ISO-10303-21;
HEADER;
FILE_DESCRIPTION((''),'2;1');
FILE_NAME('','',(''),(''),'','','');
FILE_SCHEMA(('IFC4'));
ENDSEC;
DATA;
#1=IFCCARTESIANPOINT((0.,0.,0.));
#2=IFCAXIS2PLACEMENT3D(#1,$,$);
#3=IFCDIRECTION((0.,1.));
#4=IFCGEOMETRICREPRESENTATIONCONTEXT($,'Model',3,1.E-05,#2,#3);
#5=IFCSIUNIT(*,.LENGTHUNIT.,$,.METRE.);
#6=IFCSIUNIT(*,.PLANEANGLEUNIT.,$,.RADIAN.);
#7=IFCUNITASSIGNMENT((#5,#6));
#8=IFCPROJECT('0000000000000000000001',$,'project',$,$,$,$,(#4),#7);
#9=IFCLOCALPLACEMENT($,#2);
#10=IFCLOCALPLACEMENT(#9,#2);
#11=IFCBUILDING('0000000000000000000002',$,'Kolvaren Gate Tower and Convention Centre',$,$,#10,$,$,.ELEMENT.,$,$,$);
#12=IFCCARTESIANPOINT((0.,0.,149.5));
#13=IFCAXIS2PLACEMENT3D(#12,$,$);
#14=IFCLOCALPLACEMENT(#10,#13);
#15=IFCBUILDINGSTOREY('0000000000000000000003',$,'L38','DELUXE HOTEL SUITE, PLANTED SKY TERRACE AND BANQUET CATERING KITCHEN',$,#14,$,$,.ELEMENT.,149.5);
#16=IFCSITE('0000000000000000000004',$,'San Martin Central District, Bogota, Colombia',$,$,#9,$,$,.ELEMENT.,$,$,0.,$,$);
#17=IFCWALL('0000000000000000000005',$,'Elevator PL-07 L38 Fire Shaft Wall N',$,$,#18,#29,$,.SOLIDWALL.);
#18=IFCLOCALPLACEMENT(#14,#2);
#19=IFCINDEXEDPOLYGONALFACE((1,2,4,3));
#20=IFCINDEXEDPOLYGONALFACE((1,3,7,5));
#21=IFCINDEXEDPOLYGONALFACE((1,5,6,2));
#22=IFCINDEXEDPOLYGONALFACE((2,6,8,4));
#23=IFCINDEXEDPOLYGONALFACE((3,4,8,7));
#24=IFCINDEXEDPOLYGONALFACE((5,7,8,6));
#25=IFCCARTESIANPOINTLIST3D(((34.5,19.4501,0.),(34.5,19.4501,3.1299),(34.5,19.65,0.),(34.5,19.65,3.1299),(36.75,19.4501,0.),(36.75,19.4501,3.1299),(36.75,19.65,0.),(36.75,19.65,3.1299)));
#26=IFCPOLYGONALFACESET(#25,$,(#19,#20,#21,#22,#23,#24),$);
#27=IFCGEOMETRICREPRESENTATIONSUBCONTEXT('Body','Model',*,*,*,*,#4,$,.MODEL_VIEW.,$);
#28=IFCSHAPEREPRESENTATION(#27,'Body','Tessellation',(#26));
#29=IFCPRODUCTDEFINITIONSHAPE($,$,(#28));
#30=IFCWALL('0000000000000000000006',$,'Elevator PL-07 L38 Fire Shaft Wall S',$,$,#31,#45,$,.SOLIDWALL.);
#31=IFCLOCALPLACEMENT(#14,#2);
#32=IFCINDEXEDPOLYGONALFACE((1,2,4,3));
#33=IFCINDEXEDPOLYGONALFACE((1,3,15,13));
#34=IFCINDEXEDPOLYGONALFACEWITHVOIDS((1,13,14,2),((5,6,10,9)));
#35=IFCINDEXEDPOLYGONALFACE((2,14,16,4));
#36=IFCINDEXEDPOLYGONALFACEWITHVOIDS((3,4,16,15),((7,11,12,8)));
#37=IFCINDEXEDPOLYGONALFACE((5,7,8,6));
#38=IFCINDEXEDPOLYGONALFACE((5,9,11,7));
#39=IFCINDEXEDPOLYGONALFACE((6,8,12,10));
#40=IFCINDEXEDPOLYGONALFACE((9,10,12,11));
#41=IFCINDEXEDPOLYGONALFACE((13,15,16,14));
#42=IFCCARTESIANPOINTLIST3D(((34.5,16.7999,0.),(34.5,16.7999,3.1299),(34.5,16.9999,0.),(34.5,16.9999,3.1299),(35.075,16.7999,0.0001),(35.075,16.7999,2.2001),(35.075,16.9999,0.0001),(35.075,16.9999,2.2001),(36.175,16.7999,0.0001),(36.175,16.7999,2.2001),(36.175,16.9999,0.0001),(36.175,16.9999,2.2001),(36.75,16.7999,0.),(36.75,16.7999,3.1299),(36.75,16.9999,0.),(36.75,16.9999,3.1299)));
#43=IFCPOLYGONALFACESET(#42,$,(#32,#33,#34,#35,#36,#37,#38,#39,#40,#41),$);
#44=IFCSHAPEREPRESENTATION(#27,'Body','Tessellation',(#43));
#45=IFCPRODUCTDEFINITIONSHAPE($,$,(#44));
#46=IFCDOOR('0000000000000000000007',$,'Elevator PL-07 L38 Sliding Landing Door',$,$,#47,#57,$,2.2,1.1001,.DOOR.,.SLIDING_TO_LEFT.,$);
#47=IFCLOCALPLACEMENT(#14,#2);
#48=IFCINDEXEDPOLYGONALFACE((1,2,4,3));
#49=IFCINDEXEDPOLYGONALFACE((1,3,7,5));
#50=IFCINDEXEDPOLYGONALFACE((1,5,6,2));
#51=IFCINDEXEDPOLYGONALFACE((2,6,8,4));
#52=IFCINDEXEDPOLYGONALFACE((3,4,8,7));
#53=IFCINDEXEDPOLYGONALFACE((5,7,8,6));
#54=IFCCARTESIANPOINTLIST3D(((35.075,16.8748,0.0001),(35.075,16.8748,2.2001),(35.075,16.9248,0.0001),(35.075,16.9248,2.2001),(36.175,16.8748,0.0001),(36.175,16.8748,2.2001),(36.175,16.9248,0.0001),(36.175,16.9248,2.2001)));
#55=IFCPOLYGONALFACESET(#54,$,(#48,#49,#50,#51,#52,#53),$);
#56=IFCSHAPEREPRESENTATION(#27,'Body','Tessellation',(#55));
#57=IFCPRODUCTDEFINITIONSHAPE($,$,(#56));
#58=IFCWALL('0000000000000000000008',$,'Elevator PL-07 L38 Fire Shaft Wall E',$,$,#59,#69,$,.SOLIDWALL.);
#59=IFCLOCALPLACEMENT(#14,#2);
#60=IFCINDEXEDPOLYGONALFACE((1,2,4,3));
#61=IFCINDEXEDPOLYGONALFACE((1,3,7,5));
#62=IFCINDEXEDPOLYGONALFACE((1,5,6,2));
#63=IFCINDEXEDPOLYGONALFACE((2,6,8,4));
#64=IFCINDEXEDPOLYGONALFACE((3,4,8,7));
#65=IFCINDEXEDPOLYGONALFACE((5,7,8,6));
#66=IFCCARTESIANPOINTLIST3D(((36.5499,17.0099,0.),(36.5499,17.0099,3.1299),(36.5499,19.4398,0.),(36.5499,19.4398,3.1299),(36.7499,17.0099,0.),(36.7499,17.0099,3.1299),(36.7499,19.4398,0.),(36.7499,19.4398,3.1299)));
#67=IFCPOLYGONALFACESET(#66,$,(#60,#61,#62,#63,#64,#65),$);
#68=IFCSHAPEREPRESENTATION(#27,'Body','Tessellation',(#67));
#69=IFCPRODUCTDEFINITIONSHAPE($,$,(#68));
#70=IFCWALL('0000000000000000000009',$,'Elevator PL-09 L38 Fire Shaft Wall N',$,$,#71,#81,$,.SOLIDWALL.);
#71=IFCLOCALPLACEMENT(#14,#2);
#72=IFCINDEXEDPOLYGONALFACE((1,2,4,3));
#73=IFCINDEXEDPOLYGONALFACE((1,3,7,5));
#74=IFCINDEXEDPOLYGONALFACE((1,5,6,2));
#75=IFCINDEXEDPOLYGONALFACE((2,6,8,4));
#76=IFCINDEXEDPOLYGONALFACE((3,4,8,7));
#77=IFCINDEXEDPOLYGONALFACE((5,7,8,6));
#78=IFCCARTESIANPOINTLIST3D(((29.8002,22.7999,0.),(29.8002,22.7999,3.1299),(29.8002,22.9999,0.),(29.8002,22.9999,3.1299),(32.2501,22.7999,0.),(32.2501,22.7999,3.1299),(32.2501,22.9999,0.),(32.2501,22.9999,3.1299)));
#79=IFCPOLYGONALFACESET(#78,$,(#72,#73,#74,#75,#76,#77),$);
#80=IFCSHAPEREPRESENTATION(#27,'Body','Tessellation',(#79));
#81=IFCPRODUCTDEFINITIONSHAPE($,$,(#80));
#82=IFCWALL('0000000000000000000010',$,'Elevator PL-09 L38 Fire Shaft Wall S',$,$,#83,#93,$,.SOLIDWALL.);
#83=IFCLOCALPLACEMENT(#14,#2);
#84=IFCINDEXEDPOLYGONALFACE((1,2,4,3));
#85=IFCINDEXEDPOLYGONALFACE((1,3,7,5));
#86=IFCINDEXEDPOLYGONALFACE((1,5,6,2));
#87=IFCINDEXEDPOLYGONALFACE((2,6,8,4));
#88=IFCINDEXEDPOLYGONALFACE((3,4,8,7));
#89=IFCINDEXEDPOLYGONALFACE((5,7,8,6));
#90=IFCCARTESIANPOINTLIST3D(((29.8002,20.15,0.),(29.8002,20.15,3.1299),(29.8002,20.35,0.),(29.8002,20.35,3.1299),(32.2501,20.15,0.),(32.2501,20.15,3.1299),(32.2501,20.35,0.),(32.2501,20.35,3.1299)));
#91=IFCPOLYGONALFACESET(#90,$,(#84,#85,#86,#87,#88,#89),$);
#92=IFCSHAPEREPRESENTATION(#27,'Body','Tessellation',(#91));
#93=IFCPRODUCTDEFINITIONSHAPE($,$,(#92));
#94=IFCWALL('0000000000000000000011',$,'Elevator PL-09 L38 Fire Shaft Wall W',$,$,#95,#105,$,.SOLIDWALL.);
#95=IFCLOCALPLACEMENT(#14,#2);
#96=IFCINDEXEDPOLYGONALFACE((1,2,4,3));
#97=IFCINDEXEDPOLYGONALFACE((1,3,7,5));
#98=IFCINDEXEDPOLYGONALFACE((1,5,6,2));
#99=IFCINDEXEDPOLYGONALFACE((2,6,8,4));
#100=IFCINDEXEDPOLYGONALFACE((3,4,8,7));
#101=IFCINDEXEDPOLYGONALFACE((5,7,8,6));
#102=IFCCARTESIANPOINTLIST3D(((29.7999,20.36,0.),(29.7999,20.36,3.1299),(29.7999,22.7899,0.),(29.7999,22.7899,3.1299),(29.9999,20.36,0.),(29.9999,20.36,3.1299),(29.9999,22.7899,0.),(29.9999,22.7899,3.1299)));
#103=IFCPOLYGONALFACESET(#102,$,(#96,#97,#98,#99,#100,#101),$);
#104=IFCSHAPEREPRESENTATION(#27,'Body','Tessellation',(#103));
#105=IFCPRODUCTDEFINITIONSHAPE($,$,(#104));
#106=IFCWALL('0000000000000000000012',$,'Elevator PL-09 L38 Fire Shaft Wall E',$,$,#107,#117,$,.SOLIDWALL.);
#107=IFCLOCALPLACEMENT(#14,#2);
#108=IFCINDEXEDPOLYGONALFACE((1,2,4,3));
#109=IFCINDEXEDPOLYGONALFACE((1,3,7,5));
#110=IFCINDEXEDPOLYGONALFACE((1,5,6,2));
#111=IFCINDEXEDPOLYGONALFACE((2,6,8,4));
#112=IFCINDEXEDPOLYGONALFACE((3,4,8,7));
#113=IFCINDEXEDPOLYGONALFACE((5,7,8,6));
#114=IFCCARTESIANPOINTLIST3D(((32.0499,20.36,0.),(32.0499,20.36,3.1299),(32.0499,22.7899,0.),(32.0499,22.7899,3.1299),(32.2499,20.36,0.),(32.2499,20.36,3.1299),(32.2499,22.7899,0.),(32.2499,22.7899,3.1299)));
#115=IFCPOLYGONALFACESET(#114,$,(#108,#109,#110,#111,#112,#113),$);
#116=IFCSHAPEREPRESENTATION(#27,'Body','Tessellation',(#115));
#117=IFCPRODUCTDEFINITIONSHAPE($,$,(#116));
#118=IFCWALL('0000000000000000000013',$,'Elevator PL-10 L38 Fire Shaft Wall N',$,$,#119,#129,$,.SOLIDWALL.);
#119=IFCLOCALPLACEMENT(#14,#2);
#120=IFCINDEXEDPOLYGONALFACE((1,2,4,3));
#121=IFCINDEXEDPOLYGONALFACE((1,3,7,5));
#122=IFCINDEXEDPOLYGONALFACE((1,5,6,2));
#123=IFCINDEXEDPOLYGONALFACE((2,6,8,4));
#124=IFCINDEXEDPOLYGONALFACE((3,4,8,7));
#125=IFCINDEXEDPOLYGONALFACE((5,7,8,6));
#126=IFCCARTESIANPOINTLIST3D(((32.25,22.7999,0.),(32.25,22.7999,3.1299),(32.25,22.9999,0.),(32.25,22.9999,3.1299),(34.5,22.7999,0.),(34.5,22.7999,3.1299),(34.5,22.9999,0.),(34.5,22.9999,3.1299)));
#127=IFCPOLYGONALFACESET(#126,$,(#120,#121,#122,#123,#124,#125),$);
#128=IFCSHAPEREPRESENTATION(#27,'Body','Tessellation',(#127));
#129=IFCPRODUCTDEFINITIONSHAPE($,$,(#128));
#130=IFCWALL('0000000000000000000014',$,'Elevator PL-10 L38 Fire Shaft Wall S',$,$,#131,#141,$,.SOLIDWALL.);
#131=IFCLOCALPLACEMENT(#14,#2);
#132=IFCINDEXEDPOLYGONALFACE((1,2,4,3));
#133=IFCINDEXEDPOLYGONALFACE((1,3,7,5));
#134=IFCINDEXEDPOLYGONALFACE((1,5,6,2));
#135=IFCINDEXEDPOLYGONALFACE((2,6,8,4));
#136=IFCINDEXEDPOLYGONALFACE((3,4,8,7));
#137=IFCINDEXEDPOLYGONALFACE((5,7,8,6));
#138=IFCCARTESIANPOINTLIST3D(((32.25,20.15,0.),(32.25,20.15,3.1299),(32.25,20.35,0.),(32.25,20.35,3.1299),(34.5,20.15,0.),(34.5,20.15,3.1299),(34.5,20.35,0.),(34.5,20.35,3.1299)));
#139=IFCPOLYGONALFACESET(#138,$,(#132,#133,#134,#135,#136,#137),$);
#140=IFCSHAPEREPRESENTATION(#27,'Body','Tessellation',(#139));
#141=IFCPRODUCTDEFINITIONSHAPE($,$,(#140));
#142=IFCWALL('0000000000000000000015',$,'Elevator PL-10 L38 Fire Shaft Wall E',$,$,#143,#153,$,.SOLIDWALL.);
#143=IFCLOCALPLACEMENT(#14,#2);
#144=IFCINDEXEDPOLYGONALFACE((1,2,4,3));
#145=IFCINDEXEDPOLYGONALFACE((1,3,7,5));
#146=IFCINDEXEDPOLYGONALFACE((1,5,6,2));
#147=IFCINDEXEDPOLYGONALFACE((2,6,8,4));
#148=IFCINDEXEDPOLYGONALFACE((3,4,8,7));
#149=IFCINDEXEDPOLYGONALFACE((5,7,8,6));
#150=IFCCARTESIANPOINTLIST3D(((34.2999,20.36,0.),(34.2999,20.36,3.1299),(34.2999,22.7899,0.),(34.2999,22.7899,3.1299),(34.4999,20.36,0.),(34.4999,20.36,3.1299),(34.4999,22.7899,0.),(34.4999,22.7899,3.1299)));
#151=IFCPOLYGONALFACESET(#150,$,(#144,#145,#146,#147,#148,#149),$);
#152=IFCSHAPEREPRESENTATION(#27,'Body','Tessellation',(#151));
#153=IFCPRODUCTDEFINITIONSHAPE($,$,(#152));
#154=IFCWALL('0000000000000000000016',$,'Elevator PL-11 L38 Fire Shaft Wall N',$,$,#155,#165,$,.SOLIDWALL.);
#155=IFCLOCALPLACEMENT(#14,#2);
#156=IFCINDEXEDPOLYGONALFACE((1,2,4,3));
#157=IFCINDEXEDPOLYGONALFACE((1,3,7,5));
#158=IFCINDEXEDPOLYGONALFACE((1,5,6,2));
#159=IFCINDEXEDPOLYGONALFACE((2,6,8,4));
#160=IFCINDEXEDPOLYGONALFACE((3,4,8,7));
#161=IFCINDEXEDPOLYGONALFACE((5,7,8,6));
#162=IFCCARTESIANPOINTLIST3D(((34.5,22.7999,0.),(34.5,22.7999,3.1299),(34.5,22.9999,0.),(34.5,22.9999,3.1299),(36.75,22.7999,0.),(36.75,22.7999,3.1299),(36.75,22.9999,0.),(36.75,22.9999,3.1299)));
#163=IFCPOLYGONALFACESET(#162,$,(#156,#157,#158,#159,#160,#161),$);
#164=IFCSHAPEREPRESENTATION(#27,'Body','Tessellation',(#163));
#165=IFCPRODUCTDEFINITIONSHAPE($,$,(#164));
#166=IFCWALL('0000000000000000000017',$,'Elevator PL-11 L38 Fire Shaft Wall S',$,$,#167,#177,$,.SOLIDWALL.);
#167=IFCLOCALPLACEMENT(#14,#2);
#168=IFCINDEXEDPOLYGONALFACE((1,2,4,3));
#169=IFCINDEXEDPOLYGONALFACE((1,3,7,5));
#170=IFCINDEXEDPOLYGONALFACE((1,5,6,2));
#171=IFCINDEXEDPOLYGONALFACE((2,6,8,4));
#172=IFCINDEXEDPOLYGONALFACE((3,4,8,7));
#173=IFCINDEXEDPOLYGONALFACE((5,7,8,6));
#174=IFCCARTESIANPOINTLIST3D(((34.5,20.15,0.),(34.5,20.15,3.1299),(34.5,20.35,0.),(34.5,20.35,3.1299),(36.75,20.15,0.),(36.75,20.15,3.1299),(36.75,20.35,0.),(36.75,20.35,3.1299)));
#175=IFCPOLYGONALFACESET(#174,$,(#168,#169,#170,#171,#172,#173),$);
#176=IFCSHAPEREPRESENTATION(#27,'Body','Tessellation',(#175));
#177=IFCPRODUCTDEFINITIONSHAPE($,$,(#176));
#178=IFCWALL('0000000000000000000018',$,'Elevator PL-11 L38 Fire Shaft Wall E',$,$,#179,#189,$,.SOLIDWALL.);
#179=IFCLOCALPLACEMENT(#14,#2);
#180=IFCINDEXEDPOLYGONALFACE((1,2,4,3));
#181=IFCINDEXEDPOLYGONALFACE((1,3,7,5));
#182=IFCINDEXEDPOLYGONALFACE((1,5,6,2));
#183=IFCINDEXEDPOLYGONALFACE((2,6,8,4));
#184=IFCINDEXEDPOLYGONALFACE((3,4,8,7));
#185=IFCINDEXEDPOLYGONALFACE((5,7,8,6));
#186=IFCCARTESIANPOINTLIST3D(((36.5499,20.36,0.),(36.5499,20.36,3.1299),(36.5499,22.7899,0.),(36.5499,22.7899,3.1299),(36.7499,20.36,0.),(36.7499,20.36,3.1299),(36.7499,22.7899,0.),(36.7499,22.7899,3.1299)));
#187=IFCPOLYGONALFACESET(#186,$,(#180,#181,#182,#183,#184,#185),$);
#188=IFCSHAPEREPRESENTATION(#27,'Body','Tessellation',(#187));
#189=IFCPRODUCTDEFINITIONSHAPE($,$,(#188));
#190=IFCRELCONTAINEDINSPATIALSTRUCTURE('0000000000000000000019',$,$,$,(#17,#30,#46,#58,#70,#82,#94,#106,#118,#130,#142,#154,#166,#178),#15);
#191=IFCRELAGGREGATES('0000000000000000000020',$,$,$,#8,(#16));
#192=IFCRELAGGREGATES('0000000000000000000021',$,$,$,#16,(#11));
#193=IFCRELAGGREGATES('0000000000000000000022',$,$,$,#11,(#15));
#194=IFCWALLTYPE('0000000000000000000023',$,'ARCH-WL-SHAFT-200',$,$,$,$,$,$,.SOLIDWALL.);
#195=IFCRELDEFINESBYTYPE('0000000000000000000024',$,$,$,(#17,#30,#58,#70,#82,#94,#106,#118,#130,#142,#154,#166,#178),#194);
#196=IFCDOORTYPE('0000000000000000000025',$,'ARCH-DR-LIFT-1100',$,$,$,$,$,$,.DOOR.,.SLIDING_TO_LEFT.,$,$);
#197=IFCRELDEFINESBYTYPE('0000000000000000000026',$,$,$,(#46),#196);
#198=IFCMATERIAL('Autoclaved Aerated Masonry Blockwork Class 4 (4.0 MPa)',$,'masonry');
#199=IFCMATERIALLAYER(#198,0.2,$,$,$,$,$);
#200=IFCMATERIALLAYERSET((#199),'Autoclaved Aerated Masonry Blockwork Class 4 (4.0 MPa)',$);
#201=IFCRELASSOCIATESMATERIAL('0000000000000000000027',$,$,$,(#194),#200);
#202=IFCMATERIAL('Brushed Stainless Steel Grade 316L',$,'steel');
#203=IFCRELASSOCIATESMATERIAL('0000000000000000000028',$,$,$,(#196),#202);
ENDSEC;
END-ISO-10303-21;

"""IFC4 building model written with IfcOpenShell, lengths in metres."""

from ifc_helpers import new_model, si_unit, direction, frame, frame_2d, origin, place, context, subcontext, project, spatial, rectangle, extrude, material, layer, layer_set, type_object, element, fill, save


model = new_model("IFC4")

# Units and contexts
model_context = context("Model", 3, precision=1e-05, world=origin(), true_north=direction((0.0, 1.0)))
body_context = subcontext(model_context, "Body", "Model", "MODEL_VIEW")
ifc_project = project(units=[si_unit("LENGTHUNIT", "METRE"), si_unit("PLANEANGLEUNIT", "RADIAN")], contexts=[model_context])

# Site, building, storey
site_placement = place(None, origin())
site = spatial("IfcSite", under=ifc_project, at=site_placement, Name="San Martin Central District, Bogota, Colombia", CompositionType="ELEMENT", RefElevation=0.0)
building_placement = place(site_placement, origin())
building = spatial("IfcBuilding", under=site, at=building_placement, Name="Kolvaren Gate Tower and Convention Centre", CompositionType="ELEMENT")
storey_placement = place(building_placement, frame((0.0, 0.0, 149.5)))
storey = spatial("IfcBuildingStorey", under=building, at=storey_placement, Name="L38", Description="DELUXE HOTEL SUITE, PLANTED SKY TERRACE AND BANQUET CATERING KITCHEN", CompositionType="ELEMENT", Elevation=149.5)

# Shared definitions
ifc_material_1 = material(Name="Autoclaved Aerated Masonry Blockwork Class 4 (4.0 MPa)", Category="masonry")

# Shared definitions
ifc_layer_1 = layer(ifc_material_1, 0.2)
ifc_layer_set_1 = layer_set([ifc_layer_1], Name="Autoclaved Aerated Masonry Blockwork Class 4 (4.0 MPa)")
wall_type_1 = type_object("IfcWallType", Name="ARCH-WL-SHAFT-200", PredefinedType="SOLIDWALL", material=ifc_layer_set_1)

# Shared definitions
ifc_material_2 = material(Name="Brushed Stainless Steel Grade 316L", Category="steel")
door_type_1 = type_object("IfcDoorType", Name="ARCH-DR-LIFT-1100", OperationType="SLIDING_TO_LEFT", PredefinedType="DOOR", material=ifc_material_2)

# Wall
wall_1_placement = place(storey_placement, frame((34.5, 19.55, 0.0), z_axis=(0.0, 0.0, 1.0), x_axis=(1.0, 0.0, 0.0)))
element("IfcWall", 1, at=wall_1_placement, inside=storey, type_object=wall_type_1, Name="Elevator PL-07 L38 Fire Shaft Wall N", PredefinedType="SOLIDWALL", context=body_context, shape_type="SweptSolid", body=[
    extrude(rectangle(XDim=2.25, YDim=0.2, at=frame_2d((1.125, 0.0))), origin(), (0.0, 0.0, 1.0), 3.1299),
])

# Wall, opening, door
wall_2_placement = place(storey_placement, frame((34.5, 16.8999, 0.0), z_axis=(0.0, 0.0, 1.0), x_axis=(1.0, 0.0, 0.0)))
wall_2 = element("IfcWall", 2, at=wall_2_placement, inside=storey, type_object=wall_type_1, Name="Elevator PL-07 L38 Fire Shaft Wall S", PredefinedType="SOLIDWALL", context=body_context, shape_type="SweptSolid", body=[
    extrude(rectangle(XDim=2.25, YDim=0.2, at=frame_2d((1.125, 0.0))), origin(), (0.0, 0.0, 1.0), 3.1299),
])
opening_1_placement = place(wall_2_placement, frame((0.575, 0.0, 0.0)))
opening_1 = element("IfcOpeningElement", 3, at=opening_1_placement, cuts=wall_2, PredefinedType="OPENING", context=body_context, shape_type="SweptSolid", body=[
    extrude(rectangle(XDim=1.1001, YDim=2.2, at=frame_2d((0.55, 1.1001))), frame((0.0, 0.1099, 0.0), z_axis=(0.0, -1.0, 0.0), x_axis=(1.0, 0.0, 0.0)), (0.0, 0.0, 1.0), 0.22),
])
door_1_placement = place(opening_1_placement, origin())
door_1 = element("IfcDoor", 4, at=door_1_placement, inside=storey, type_object=door_type_1, Name="Elevator PL-07 L38 Sliding Landing Door", OperationType="SLIDING_TO_LEFT", OverallHeight=2.2, OverallWidth=1.1001, PredefinedType="DOOR", context=body_context, shape_type="SweptSolid", body=[
    extrude(rectangle(XDim=1.1001, YDim=2.2, at=frame_2d((0.55, 1.1001))), frame((0.0, 0.0249, 0.0), z_axis=(0.0, -1.0, 0.0), x_axis=(1.0, 0.0, 0.0)), (0.0, 0.0, 1.0), 0.05),
])
fill(opening_1, door_1)

# Walls
wall_3_placement = place(storey_placement, frame((36.6499, 17.01, 0.0), z_axis=(0.0, 0.0, 1.0), x_axis=(0.0, 1.0, 0.0)))
element("IfcWall", 5, at=wall_3_placement, inside=storey, type_object=wall_type_1, Name="Elevator PL-07 L38 Fire Shaft Wall E", PredefinedType="SOLIDWALL", context=body_context, shape_type="SweptSolid", body=[
    extrude(rectangle(XDim=2.4299, YDim=0.2, at=frame_2d((1.2148, 0.0))), origin(), (0.0, 0.0, 1.0), 3.1299),
])
for number, where, z_axis, x_axis, name in (
    (6, (29.8, 22.8999, 0.0), (0.0, 0.0, 1.0), (1.0, 0.0, 0.0), "Elevator PL-09 L38 Fire Shaft Wall N"),
    (7, (29.8, 20.25, 0.0), (0.0, 0.0, 1.0), (1.0, 0.0, 0.0), "Elevator PL-09 L38 Fire Shaft Wall S"),
):
    element("IfcWall", number, at=place(storey_placement, frame(where, z_axis=z_axis, x_axis=x_axis)), inside=storey, type_object=wall_type_1, Name=name, PredefinedType="SOLIDWALL", context=body_context, shape_type="SweptSolid", body=[
        extrude(rectangle(XDim=2.45, YDim=0.2, at=frame_2d((1.2251, 0.0))), origin(), (0.0, 0.0, 1.0), 3.1299),
    ])
for number, where, z_axis, x_axis, name in (
    (8, (29.8999, 20.3601, 0.0), (0.0, 0.0, 1.0), (0.0, 1.0, 0.0), "Elevator PL-09 L38 Fire Shaft Wall W"),
    (9, (32.1499, 20.3601, 0.0), (0.0, 0.0, 1.0), (0.0, 1.0, 0.0), "Elevator PL-09 L38 Fire Shaft Wall E"),
):
    element("IfcWall", number, at=place(storey_placement, frame(where, z_axis=z_axis, x_axis=x_axis)), inside=storey, type_object=wall_type_1, Name=name, PredefinedType="SOLIDWALL", context=body_context, shape_type="SweptSolid", body=[
        extrude(rectangle(XDim=2.4299, YDim=0.2, at=frame_2d((1.2148, 0.0))), origin(), (0.0, 0.0, 1.0), 3.1299),
    ])
for number, where, z_axis, x_axis, name in (
    (10, (32.25, 22.8999, 0.0), (0.0, 0.0, 1.0), (1.0, 0.0, 0.0), "Elevator PL-10 L38 Fire Shaft Wall N"),
    (11, (32.25, 20.25, 0.0), (0.0, 0.0, 1.0), (1.0, 0.0, 0.0), "Elevator PL-10 L38 Fire Shaft Wall S"),
):
    element("IfcWall", number, at=place(storey_placement, frame(where, z_axis=z_axis, x_axis=x_axis)), inside=storey, type_object=wall_type_1, Name=name, PredefinedType="SOLIDWALL", context=body_context, shape_type="SweptSolid", body=[
        extrude(rectangle(XDim=2.25, YDim=0.2, at=frame_2d((1.125, 0.0))), origin(), (0.0, 0.0, 1.0), 3.1299),
    ])
wall_4_placement = place(storey_placement, frame((34.3999, 20.3601, 0.0), z_axis=(0.0, 0.0, 1.0), x_axis=(0.0, 1.0, 0.0)))
element("IfcWall", 12, at=wall_4_placement, inside=storey, type_object=wall_type_1, Name="Elevator PL-10 L38 Fire Shaft Wall E", PredefinedType="SOLIDWALL", context=body_context, shape_type="SweptSolid", body=[
    extrude(rectangle(XDim=2.4299, YDim=0.2, at=frame_2d((1.2148, 0.0))), origin(), (0.0, 0.0, 1.0), 3.1299),
])
for number, where, z_axis, x_axis, name in (
    (13, (34.5, 22.8999, 0.0), (0.0, 0.0, 1.0), (1.0, 0.0, 0.0), "Elevator PL-11 L38 Fire Shaft Wall N"),
    (14, (34.5, 20.25, 0.0), (0.0, 0.0, 1.0), (1.0, 0.0, 0.0), "Elevator PL-11 L38 Fire Shaft Wall S"),
):
    element("IfcWall", number, at=place(storey_placement, frame(where, z_axis=z_axis, x_axis=x_axis)), inside=storey, type_object=wall_type_1, Name=name, PredefinedType="SOLIDWALL", context=body_context, shape_type="SweptSolid", body=[
        extrude(rectangle(XDim=2.25, YDim=0.2, at=frame_2d((1.125, 0.0))), origin(), (0.0, 0.0, 1.0), 3.1299),
    ])
wall_5_placement = place(storey_placement, frame((36.6499, 20.3601, 0.0), z_axis=(0.0, 0.0, 1.0), x_axis=(0.0, 1.0, 0.0)))
element("IfcWall", 15, at=wall_5_placement, inside=storey, type_object=wall_type_1, Name="Elevator PL-11 L38 Fire Shaft Wall E", PredefinedType="SOLIDWALL", context=body_context, shape_type="SweptSolid", body=[
    extrude(rectangle(XDim=2.4299, YDim=0.2, at=frame_2d((1.2148, 0.0))), origin(), (0.0, 0.0, 1.0), 3.1299),
])

save(model, "model.ifc")
